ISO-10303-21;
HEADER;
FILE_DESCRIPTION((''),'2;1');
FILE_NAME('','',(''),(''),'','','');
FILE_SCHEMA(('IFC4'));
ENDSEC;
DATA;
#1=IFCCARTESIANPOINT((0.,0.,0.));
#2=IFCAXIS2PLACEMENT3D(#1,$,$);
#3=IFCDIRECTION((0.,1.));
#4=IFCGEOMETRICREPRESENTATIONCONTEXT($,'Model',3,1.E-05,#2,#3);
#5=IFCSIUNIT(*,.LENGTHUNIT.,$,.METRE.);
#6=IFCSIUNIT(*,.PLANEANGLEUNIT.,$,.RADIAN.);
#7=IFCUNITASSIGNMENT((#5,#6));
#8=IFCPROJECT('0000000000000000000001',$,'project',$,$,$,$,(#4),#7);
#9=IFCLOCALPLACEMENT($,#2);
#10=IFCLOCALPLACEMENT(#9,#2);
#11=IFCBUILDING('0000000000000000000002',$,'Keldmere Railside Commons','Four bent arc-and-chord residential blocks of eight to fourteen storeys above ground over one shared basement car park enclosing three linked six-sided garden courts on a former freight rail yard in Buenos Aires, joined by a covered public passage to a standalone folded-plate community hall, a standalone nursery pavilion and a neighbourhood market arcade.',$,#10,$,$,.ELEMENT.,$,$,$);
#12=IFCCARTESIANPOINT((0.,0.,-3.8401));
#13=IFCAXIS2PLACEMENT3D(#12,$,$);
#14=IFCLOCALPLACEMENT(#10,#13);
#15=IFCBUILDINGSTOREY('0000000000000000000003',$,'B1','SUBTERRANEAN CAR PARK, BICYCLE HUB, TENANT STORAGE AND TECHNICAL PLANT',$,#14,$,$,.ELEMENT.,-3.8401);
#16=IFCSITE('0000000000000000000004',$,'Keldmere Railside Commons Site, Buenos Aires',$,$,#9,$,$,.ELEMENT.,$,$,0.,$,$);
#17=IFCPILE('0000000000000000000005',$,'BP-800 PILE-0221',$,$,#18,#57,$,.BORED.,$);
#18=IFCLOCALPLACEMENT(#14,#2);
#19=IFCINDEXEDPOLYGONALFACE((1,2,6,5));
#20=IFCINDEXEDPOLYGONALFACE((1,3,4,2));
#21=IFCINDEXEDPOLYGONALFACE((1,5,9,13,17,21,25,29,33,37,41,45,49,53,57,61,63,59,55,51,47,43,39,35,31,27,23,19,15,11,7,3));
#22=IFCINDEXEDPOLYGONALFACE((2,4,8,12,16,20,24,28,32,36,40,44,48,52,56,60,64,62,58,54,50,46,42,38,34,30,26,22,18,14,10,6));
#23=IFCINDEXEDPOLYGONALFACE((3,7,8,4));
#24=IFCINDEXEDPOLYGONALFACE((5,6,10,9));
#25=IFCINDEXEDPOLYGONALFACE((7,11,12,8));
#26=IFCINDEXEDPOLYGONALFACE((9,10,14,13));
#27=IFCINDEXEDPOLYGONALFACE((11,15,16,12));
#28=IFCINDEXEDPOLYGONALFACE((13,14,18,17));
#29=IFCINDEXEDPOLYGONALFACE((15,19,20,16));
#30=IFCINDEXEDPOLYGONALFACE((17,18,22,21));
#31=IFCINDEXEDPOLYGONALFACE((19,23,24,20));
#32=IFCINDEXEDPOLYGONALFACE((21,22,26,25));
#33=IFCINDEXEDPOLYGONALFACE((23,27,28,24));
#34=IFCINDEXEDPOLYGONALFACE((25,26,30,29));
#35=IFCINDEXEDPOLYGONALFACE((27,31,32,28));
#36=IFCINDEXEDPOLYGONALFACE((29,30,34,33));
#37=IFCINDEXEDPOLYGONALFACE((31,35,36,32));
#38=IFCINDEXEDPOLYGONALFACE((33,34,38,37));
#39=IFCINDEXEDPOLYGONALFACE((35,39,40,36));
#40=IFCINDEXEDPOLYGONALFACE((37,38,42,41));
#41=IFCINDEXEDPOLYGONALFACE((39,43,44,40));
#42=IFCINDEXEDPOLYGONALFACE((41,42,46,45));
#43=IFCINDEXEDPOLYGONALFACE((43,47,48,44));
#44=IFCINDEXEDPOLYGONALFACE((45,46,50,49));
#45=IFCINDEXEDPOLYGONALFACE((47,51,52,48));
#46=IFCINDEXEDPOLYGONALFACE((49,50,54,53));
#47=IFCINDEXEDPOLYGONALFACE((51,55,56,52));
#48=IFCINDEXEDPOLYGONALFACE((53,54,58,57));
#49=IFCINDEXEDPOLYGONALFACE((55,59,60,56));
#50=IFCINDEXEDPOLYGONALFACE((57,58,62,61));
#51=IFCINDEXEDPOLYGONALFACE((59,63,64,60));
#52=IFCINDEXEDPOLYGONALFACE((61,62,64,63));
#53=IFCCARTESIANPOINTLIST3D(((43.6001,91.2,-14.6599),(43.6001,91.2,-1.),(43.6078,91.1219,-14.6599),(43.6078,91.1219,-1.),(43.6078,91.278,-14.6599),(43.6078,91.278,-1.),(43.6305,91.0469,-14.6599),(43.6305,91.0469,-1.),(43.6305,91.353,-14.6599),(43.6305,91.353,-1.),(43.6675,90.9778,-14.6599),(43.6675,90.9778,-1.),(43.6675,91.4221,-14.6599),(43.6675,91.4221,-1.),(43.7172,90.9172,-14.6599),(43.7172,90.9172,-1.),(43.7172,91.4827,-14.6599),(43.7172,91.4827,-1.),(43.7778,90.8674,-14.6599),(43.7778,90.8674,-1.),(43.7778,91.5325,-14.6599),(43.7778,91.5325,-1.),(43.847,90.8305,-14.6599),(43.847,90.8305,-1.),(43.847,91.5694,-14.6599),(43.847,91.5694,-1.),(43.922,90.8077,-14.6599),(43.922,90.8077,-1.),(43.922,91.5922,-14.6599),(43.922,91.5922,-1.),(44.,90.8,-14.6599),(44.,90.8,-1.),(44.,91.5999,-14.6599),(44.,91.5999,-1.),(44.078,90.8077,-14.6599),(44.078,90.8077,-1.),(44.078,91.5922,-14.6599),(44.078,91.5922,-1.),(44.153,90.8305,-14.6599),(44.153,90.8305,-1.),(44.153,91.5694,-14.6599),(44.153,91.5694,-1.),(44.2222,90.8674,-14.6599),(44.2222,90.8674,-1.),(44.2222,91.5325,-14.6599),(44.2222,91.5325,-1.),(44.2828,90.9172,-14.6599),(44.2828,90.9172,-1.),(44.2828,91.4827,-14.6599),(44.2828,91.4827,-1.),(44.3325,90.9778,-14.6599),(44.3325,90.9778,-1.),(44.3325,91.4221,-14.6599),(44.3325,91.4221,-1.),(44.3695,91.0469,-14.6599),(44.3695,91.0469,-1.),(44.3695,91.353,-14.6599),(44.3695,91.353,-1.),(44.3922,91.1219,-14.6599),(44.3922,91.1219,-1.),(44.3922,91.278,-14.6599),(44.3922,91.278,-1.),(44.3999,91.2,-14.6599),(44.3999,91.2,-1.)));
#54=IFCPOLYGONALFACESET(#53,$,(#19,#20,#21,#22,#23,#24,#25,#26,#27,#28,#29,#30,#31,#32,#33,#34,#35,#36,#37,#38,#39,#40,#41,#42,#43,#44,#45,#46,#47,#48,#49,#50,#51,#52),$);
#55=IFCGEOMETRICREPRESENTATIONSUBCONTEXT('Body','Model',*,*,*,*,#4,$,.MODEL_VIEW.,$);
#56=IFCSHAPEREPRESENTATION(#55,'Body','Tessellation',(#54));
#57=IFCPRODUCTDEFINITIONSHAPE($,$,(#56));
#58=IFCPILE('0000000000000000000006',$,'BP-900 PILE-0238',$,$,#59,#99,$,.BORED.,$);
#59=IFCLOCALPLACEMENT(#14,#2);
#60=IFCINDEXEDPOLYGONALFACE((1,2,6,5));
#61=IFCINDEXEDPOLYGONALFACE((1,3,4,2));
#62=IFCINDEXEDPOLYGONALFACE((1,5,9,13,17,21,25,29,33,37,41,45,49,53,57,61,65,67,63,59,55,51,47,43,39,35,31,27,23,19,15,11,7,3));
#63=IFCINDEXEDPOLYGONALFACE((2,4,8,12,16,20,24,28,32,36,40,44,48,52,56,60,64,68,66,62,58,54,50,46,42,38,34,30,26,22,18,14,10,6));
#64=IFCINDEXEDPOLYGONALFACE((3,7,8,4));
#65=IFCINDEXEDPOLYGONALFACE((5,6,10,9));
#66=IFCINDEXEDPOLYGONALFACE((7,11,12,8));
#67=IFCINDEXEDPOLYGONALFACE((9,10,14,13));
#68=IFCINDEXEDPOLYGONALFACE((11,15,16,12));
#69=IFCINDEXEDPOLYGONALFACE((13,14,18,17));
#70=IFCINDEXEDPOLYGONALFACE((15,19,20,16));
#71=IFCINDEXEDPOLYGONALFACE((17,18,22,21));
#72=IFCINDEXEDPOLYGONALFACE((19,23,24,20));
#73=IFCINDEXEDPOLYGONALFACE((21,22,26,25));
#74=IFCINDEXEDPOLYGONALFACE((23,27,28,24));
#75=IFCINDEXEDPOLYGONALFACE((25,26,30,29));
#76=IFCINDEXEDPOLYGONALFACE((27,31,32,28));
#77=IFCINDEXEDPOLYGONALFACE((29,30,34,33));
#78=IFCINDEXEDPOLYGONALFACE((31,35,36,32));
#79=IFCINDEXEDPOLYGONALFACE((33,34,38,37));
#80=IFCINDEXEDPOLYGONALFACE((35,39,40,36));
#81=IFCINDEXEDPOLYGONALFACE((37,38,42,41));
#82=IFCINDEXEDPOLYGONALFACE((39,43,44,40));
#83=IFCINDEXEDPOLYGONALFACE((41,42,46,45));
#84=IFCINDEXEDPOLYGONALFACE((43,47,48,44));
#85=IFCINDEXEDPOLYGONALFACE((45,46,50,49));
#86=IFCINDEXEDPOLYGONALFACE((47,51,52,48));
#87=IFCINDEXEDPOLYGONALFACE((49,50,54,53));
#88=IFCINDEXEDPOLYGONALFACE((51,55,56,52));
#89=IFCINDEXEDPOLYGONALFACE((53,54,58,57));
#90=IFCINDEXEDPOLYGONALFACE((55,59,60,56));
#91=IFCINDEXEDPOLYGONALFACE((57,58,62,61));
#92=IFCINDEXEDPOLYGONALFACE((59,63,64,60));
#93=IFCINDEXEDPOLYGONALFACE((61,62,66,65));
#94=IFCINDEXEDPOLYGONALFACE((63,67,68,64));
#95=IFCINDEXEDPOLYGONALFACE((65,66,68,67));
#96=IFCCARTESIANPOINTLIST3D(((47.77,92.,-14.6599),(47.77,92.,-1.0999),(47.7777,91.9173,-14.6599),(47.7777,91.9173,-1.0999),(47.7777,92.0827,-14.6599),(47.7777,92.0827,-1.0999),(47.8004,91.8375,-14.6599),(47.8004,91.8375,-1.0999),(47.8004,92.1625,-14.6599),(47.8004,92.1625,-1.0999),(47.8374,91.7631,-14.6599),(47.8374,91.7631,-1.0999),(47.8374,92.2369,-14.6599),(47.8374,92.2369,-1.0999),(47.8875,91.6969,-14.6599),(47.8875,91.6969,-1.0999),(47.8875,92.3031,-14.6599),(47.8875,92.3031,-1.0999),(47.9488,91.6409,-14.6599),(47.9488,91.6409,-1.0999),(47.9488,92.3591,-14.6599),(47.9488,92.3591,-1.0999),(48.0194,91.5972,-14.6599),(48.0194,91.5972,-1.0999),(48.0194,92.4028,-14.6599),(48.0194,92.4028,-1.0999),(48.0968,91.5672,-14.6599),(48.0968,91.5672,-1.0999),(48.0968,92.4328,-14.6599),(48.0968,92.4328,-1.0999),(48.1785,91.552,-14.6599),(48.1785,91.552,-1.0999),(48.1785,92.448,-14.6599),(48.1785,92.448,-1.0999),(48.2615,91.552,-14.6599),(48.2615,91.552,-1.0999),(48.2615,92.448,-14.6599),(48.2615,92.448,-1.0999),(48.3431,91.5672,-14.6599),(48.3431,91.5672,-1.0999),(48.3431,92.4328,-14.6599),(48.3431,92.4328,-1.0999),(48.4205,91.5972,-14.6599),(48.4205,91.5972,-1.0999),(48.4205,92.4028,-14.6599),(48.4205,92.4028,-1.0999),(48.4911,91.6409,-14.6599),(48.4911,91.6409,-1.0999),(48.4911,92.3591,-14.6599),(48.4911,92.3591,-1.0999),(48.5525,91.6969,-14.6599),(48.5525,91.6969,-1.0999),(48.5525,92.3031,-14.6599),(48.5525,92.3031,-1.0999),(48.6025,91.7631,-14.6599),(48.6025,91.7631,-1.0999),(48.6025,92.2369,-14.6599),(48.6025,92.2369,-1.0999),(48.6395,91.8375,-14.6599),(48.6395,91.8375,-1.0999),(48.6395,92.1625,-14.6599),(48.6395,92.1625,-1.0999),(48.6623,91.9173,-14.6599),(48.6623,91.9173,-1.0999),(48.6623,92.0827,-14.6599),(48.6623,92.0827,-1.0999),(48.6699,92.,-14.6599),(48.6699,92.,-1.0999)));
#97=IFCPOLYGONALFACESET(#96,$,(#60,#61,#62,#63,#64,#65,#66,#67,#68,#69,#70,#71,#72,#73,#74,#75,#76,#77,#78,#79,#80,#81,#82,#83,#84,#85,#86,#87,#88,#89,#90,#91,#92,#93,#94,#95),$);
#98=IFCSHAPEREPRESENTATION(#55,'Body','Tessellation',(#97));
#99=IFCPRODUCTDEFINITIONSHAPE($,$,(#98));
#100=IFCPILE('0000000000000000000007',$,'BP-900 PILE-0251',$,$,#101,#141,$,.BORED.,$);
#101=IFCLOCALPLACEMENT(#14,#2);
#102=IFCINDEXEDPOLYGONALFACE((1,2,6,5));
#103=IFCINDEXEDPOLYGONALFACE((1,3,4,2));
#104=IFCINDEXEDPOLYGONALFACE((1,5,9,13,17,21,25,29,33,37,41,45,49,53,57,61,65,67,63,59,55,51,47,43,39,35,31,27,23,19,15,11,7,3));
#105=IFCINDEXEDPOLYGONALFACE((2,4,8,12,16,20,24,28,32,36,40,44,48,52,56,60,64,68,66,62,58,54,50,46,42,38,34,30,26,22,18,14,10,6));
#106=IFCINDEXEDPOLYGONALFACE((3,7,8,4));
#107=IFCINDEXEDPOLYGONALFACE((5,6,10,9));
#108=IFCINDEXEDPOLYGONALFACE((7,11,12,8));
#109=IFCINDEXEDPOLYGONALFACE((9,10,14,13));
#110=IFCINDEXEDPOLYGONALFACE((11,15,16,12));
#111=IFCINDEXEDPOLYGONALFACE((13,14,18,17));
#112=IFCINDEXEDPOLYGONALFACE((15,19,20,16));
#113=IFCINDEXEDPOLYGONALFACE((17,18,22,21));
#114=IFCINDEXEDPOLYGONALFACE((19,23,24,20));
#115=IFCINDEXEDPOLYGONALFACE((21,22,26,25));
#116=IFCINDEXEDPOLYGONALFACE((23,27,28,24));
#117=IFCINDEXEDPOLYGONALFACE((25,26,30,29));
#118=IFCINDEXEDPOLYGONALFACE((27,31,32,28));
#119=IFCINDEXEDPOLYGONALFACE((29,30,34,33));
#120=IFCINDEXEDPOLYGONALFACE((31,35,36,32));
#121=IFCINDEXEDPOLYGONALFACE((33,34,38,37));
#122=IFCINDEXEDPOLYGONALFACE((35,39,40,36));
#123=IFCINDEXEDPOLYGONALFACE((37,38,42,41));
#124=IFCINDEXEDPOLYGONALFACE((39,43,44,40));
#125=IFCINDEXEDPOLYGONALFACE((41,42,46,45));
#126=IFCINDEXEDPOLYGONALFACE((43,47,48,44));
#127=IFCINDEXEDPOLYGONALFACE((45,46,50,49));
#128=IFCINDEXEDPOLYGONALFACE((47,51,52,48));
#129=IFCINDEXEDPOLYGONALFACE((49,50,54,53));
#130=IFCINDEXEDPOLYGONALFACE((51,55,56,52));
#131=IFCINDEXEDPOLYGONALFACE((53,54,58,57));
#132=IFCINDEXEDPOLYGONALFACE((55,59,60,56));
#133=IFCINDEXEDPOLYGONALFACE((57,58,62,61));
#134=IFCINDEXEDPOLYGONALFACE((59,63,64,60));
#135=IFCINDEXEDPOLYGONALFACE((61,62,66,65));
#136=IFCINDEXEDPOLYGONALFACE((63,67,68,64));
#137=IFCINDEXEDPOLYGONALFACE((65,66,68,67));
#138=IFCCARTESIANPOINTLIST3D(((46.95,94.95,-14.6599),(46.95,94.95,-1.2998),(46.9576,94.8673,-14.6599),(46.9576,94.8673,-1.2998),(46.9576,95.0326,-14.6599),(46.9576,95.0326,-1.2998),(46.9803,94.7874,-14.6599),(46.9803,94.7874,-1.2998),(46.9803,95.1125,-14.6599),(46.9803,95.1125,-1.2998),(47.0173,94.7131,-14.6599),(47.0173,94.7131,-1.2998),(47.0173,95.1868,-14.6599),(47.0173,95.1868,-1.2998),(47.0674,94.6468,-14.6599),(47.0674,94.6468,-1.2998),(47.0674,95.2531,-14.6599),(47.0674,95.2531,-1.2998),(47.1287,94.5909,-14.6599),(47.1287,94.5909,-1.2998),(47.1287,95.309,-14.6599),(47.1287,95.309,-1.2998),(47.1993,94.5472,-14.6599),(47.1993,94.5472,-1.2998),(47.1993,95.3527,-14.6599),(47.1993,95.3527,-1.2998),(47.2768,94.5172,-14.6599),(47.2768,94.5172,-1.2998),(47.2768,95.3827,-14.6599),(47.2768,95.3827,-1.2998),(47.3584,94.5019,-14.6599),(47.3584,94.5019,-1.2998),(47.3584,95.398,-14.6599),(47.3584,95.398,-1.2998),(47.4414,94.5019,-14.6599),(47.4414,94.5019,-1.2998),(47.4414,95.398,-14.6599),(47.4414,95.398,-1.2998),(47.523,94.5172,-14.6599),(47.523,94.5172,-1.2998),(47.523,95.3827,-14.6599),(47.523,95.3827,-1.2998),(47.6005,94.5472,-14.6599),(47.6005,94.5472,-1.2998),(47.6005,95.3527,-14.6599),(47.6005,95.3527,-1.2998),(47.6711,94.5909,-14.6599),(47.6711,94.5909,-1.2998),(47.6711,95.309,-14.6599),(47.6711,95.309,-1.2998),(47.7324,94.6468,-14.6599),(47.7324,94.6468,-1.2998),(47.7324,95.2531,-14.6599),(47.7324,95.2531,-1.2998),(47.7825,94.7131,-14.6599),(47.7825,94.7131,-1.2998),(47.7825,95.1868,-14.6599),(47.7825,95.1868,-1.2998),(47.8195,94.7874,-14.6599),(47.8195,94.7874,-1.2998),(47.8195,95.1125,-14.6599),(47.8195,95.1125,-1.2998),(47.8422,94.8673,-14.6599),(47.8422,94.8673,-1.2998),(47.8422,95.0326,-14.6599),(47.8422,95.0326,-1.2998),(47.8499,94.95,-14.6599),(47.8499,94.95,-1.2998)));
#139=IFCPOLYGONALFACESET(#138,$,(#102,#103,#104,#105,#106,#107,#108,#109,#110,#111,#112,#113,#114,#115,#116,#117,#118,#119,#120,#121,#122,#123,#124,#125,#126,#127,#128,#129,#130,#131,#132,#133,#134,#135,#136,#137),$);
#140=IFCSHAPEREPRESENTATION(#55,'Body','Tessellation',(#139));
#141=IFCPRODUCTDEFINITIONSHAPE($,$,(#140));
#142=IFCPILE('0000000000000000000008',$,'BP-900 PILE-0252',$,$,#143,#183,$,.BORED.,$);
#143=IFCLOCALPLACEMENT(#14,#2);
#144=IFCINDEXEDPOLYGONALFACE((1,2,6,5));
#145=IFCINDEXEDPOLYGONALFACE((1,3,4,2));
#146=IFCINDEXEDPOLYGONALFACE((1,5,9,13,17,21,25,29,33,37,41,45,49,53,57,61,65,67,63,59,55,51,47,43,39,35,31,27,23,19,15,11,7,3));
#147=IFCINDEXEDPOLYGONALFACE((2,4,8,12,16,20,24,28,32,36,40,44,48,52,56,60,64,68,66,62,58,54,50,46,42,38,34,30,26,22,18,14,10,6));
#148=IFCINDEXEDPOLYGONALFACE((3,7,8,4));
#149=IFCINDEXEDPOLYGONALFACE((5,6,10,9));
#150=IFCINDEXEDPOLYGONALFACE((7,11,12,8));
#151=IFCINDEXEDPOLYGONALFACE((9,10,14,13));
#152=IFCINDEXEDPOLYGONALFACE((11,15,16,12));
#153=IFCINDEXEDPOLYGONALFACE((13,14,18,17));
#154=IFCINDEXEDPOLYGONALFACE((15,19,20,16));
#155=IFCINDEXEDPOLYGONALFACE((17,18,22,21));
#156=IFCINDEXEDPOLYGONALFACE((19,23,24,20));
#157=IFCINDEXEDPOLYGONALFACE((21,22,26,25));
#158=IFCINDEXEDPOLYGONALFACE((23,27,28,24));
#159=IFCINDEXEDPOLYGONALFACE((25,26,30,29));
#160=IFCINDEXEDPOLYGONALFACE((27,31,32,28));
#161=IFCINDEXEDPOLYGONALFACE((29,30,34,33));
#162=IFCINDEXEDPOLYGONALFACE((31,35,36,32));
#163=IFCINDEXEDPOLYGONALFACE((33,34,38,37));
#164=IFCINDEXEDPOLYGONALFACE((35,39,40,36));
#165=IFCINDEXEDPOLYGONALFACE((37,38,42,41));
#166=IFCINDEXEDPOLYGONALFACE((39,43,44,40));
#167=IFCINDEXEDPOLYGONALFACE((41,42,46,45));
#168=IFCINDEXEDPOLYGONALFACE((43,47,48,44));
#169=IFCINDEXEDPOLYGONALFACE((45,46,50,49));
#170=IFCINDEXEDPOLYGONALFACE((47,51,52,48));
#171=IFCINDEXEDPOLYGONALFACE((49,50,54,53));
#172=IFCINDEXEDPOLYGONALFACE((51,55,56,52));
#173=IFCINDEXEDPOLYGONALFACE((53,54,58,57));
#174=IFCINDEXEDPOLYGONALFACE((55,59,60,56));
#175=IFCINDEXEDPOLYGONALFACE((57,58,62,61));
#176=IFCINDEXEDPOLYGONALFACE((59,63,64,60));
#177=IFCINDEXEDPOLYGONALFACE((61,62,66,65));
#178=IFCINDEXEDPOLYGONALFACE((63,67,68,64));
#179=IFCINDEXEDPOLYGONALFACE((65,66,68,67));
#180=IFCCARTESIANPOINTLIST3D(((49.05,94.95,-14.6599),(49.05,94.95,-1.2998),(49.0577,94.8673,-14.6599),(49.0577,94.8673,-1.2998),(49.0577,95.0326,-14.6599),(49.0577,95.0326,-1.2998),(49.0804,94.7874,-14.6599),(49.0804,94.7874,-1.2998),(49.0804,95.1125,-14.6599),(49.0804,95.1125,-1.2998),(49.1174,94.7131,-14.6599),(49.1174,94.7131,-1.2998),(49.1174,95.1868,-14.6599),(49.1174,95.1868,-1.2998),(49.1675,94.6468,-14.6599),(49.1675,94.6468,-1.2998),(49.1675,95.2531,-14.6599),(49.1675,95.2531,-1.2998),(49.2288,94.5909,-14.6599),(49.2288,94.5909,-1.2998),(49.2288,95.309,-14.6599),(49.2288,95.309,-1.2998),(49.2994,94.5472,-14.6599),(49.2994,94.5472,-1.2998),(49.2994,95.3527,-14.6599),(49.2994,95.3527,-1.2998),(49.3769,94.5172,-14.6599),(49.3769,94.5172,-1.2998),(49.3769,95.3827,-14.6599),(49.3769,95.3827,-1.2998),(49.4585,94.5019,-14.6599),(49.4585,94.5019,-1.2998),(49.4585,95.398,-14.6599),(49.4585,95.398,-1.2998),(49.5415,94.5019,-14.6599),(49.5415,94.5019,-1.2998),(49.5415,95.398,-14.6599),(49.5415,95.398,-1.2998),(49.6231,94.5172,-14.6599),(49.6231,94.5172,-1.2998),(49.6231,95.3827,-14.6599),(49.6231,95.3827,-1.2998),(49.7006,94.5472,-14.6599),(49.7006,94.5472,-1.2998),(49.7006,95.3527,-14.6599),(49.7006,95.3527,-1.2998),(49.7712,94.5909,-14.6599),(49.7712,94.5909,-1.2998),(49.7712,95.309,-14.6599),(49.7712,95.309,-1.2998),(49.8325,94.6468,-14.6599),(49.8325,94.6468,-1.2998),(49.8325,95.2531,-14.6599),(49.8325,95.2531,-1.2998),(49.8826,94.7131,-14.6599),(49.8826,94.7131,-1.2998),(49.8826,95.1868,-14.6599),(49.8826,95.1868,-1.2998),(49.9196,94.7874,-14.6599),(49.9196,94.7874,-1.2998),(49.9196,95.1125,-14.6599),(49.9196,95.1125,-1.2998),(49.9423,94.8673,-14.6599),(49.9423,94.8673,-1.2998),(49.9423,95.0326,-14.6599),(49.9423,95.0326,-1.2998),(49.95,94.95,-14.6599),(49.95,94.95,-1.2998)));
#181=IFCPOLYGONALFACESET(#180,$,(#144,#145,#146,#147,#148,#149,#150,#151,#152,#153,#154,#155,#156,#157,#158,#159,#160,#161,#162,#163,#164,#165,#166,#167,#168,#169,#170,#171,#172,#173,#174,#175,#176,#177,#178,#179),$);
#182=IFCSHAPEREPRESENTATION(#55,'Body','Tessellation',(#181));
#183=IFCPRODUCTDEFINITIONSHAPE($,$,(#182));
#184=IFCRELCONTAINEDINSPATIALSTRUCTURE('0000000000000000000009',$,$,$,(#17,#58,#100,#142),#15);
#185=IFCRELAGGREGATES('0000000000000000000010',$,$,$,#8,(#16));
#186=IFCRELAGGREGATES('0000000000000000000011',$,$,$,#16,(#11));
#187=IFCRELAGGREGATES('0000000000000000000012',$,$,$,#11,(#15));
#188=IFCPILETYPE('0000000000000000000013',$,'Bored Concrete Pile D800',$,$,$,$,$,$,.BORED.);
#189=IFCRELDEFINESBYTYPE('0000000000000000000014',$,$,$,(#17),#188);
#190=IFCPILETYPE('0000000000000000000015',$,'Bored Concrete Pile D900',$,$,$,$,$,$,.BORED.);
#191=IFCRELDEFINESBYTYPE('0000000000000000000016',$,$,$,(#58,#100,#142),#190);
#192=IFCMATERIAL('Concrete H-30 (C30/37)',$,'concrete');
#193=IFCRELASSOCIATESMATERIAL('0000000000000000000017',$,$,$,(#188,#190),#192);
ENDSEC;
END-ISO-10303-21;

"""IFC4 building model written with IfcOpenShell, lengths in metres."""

from ifc_helpers import new_model, si_unit, direction, frame, origin, origin_2d, place, context, subcontext, project, spatial, circle, extrude, material, material_profile, profile_set, type_object, element, save


model = new_model("IFC4")

# Units and contexts
model_context = context("Model", 3, precision=1e-05, world=origin(), true_north=direction((0.0, 1.0)))
body_context = subcontext(model_context, "Body", "Model", "MODEL_VIEW")
ifc_project = project(units=[si_unit("LENGTHUNIT", "METRE"), si_unit("PLANEANGLEUNIT", "RADIAN")], contexts=[model_context])

# Site, building, storey
site_placement = place(None, origin())
site = spatial("IfcSite", under=ifc_project, at=site_placement, Name="Keldmere Railside Commons Site, Buenos Aires", CompositionType="ELEMENT", RefElevation=0.0)
building_placement = place(site_placement, origin())
building = spatial("IfcBuilding", under=site, at=building_placement, Name="Keldmere Railside Commons", Description="Four bent arc-and-chord residential blocks of eight to fourteen storeys above ground over one shared basement car park enclosing three linked six-sided garden courts on a former freight rail yard in Buenos Aires, joined by a covered public passage to a standalone folded-plate community hall, a standalone nursery pavilion and a neighbourhood market arcade.", CompositionType="ELEMENT")
storey_placement = place(building_placement, frame((0.0, 0.0, -3.8401)))
storey = spatial("IfcBuildingStorey", under=building, at=storey_placement, Name="B1", Description="SUBTERRANEAN CAR PARK, BICYCLE HUB, TENANT STORAGE AND TECHNICAL PLANT", CompositionType="ELEMENT", Elevation=-3.8401)

# Piles
ifc_material_1 = material(Name="Concrete H-30 (C30/37)", Category="concrete")
ifc_material_profile_1 = material_profile(ifc_material_1, circle(Radius=0.3999, at=origin_2d()), Name="PILE-D800")
ifc_profile_set_1 = profile_set([ifc_material_profile_1], Name="Concrete H-30 (C30/37)")
pile_type_1 = type_object("IfcPileType", Name="Bored Concrete Pile D800", PredefinedType="BORED", material=ifc_profile_set_1)
pile_1_placement = place(storey_placement, frame((44.0, 91.2, -1.0), z_axis=(0.0, 0.0, -1.0), x_axis=(1.0, 0.0, 0.0)))
element("IfcPile", 1, at=pile_1_placement, inside=storey, type_object=pile_type_1, Name="BP-800 PILE-0221", PredefinedType="BORED", context=body_context, shape_type="SweptSolid", body=[
    extrude(circle(Radius=0.3999, at=origin_2d()), origin(), (0.0, 0.0, 1.0), 13.6599),
])
ifc_material_profile_2 = material_profile(ifc_material_1, circle(Radius=0.45, at=origin_2d()), Name="PILE-D900")
ifc_profile_set_2 = profile_set([ifc_material_profile_2], Name="Concrete H-30 (C30/37)")
pile_type_2 = type_object("IfcPileType", Name="Bored Concrete Pile D900", PredefinedType="BORED", material=ifc_profile_set_2)
pile_2_placement = place(storey_placement, frame((48.22, 92.0, -1.0999), z_axis=(0.0, 0.0, -1.0), x_axis=(1.0, 0.0, 0.0)))
element("IfcPile", 2, at=pile_2_placement, inside=storey, type_object=pile_type_2, Name="BP-900 PILE-0238", PredefinedType="BORED", context=body_context, shape_type="SweptSolid", body=[
    extrude(circle(Radius=0.45, at=origin_2d()), origin(), (0.0, 0.0, 1.0), 13.5601),
])
for number, where, z_axis, x_axis, name in (
    (3, (47.3999, 94.95, -1.2998), (0.0, 0.0, -1.0), (1.0, 0.0, 0.0), "BP-900 PILE-0251"),
    (4, (49.5, 94.95, -1.2998), (0.0, 0.0, -1.0), (1.0, 0.0, 0.0), "BP-900 PILE-0252"),
):
    element("IfcPile", number, at=place(storey_placement, frame(where, z_axis=z_axis, x_axis=x_axis)), inside=storey, type_object=pile_type_2, Name=name, PredefinedType="BORED", context=body_context, shape_type="SweptSolid", body=[
        extrude(circle(Radius=0.45, at=origin_2d()), origin(), (0.0, 0.0, 1.0), 13.3601),
    ])

save(model, "model.ifc")
